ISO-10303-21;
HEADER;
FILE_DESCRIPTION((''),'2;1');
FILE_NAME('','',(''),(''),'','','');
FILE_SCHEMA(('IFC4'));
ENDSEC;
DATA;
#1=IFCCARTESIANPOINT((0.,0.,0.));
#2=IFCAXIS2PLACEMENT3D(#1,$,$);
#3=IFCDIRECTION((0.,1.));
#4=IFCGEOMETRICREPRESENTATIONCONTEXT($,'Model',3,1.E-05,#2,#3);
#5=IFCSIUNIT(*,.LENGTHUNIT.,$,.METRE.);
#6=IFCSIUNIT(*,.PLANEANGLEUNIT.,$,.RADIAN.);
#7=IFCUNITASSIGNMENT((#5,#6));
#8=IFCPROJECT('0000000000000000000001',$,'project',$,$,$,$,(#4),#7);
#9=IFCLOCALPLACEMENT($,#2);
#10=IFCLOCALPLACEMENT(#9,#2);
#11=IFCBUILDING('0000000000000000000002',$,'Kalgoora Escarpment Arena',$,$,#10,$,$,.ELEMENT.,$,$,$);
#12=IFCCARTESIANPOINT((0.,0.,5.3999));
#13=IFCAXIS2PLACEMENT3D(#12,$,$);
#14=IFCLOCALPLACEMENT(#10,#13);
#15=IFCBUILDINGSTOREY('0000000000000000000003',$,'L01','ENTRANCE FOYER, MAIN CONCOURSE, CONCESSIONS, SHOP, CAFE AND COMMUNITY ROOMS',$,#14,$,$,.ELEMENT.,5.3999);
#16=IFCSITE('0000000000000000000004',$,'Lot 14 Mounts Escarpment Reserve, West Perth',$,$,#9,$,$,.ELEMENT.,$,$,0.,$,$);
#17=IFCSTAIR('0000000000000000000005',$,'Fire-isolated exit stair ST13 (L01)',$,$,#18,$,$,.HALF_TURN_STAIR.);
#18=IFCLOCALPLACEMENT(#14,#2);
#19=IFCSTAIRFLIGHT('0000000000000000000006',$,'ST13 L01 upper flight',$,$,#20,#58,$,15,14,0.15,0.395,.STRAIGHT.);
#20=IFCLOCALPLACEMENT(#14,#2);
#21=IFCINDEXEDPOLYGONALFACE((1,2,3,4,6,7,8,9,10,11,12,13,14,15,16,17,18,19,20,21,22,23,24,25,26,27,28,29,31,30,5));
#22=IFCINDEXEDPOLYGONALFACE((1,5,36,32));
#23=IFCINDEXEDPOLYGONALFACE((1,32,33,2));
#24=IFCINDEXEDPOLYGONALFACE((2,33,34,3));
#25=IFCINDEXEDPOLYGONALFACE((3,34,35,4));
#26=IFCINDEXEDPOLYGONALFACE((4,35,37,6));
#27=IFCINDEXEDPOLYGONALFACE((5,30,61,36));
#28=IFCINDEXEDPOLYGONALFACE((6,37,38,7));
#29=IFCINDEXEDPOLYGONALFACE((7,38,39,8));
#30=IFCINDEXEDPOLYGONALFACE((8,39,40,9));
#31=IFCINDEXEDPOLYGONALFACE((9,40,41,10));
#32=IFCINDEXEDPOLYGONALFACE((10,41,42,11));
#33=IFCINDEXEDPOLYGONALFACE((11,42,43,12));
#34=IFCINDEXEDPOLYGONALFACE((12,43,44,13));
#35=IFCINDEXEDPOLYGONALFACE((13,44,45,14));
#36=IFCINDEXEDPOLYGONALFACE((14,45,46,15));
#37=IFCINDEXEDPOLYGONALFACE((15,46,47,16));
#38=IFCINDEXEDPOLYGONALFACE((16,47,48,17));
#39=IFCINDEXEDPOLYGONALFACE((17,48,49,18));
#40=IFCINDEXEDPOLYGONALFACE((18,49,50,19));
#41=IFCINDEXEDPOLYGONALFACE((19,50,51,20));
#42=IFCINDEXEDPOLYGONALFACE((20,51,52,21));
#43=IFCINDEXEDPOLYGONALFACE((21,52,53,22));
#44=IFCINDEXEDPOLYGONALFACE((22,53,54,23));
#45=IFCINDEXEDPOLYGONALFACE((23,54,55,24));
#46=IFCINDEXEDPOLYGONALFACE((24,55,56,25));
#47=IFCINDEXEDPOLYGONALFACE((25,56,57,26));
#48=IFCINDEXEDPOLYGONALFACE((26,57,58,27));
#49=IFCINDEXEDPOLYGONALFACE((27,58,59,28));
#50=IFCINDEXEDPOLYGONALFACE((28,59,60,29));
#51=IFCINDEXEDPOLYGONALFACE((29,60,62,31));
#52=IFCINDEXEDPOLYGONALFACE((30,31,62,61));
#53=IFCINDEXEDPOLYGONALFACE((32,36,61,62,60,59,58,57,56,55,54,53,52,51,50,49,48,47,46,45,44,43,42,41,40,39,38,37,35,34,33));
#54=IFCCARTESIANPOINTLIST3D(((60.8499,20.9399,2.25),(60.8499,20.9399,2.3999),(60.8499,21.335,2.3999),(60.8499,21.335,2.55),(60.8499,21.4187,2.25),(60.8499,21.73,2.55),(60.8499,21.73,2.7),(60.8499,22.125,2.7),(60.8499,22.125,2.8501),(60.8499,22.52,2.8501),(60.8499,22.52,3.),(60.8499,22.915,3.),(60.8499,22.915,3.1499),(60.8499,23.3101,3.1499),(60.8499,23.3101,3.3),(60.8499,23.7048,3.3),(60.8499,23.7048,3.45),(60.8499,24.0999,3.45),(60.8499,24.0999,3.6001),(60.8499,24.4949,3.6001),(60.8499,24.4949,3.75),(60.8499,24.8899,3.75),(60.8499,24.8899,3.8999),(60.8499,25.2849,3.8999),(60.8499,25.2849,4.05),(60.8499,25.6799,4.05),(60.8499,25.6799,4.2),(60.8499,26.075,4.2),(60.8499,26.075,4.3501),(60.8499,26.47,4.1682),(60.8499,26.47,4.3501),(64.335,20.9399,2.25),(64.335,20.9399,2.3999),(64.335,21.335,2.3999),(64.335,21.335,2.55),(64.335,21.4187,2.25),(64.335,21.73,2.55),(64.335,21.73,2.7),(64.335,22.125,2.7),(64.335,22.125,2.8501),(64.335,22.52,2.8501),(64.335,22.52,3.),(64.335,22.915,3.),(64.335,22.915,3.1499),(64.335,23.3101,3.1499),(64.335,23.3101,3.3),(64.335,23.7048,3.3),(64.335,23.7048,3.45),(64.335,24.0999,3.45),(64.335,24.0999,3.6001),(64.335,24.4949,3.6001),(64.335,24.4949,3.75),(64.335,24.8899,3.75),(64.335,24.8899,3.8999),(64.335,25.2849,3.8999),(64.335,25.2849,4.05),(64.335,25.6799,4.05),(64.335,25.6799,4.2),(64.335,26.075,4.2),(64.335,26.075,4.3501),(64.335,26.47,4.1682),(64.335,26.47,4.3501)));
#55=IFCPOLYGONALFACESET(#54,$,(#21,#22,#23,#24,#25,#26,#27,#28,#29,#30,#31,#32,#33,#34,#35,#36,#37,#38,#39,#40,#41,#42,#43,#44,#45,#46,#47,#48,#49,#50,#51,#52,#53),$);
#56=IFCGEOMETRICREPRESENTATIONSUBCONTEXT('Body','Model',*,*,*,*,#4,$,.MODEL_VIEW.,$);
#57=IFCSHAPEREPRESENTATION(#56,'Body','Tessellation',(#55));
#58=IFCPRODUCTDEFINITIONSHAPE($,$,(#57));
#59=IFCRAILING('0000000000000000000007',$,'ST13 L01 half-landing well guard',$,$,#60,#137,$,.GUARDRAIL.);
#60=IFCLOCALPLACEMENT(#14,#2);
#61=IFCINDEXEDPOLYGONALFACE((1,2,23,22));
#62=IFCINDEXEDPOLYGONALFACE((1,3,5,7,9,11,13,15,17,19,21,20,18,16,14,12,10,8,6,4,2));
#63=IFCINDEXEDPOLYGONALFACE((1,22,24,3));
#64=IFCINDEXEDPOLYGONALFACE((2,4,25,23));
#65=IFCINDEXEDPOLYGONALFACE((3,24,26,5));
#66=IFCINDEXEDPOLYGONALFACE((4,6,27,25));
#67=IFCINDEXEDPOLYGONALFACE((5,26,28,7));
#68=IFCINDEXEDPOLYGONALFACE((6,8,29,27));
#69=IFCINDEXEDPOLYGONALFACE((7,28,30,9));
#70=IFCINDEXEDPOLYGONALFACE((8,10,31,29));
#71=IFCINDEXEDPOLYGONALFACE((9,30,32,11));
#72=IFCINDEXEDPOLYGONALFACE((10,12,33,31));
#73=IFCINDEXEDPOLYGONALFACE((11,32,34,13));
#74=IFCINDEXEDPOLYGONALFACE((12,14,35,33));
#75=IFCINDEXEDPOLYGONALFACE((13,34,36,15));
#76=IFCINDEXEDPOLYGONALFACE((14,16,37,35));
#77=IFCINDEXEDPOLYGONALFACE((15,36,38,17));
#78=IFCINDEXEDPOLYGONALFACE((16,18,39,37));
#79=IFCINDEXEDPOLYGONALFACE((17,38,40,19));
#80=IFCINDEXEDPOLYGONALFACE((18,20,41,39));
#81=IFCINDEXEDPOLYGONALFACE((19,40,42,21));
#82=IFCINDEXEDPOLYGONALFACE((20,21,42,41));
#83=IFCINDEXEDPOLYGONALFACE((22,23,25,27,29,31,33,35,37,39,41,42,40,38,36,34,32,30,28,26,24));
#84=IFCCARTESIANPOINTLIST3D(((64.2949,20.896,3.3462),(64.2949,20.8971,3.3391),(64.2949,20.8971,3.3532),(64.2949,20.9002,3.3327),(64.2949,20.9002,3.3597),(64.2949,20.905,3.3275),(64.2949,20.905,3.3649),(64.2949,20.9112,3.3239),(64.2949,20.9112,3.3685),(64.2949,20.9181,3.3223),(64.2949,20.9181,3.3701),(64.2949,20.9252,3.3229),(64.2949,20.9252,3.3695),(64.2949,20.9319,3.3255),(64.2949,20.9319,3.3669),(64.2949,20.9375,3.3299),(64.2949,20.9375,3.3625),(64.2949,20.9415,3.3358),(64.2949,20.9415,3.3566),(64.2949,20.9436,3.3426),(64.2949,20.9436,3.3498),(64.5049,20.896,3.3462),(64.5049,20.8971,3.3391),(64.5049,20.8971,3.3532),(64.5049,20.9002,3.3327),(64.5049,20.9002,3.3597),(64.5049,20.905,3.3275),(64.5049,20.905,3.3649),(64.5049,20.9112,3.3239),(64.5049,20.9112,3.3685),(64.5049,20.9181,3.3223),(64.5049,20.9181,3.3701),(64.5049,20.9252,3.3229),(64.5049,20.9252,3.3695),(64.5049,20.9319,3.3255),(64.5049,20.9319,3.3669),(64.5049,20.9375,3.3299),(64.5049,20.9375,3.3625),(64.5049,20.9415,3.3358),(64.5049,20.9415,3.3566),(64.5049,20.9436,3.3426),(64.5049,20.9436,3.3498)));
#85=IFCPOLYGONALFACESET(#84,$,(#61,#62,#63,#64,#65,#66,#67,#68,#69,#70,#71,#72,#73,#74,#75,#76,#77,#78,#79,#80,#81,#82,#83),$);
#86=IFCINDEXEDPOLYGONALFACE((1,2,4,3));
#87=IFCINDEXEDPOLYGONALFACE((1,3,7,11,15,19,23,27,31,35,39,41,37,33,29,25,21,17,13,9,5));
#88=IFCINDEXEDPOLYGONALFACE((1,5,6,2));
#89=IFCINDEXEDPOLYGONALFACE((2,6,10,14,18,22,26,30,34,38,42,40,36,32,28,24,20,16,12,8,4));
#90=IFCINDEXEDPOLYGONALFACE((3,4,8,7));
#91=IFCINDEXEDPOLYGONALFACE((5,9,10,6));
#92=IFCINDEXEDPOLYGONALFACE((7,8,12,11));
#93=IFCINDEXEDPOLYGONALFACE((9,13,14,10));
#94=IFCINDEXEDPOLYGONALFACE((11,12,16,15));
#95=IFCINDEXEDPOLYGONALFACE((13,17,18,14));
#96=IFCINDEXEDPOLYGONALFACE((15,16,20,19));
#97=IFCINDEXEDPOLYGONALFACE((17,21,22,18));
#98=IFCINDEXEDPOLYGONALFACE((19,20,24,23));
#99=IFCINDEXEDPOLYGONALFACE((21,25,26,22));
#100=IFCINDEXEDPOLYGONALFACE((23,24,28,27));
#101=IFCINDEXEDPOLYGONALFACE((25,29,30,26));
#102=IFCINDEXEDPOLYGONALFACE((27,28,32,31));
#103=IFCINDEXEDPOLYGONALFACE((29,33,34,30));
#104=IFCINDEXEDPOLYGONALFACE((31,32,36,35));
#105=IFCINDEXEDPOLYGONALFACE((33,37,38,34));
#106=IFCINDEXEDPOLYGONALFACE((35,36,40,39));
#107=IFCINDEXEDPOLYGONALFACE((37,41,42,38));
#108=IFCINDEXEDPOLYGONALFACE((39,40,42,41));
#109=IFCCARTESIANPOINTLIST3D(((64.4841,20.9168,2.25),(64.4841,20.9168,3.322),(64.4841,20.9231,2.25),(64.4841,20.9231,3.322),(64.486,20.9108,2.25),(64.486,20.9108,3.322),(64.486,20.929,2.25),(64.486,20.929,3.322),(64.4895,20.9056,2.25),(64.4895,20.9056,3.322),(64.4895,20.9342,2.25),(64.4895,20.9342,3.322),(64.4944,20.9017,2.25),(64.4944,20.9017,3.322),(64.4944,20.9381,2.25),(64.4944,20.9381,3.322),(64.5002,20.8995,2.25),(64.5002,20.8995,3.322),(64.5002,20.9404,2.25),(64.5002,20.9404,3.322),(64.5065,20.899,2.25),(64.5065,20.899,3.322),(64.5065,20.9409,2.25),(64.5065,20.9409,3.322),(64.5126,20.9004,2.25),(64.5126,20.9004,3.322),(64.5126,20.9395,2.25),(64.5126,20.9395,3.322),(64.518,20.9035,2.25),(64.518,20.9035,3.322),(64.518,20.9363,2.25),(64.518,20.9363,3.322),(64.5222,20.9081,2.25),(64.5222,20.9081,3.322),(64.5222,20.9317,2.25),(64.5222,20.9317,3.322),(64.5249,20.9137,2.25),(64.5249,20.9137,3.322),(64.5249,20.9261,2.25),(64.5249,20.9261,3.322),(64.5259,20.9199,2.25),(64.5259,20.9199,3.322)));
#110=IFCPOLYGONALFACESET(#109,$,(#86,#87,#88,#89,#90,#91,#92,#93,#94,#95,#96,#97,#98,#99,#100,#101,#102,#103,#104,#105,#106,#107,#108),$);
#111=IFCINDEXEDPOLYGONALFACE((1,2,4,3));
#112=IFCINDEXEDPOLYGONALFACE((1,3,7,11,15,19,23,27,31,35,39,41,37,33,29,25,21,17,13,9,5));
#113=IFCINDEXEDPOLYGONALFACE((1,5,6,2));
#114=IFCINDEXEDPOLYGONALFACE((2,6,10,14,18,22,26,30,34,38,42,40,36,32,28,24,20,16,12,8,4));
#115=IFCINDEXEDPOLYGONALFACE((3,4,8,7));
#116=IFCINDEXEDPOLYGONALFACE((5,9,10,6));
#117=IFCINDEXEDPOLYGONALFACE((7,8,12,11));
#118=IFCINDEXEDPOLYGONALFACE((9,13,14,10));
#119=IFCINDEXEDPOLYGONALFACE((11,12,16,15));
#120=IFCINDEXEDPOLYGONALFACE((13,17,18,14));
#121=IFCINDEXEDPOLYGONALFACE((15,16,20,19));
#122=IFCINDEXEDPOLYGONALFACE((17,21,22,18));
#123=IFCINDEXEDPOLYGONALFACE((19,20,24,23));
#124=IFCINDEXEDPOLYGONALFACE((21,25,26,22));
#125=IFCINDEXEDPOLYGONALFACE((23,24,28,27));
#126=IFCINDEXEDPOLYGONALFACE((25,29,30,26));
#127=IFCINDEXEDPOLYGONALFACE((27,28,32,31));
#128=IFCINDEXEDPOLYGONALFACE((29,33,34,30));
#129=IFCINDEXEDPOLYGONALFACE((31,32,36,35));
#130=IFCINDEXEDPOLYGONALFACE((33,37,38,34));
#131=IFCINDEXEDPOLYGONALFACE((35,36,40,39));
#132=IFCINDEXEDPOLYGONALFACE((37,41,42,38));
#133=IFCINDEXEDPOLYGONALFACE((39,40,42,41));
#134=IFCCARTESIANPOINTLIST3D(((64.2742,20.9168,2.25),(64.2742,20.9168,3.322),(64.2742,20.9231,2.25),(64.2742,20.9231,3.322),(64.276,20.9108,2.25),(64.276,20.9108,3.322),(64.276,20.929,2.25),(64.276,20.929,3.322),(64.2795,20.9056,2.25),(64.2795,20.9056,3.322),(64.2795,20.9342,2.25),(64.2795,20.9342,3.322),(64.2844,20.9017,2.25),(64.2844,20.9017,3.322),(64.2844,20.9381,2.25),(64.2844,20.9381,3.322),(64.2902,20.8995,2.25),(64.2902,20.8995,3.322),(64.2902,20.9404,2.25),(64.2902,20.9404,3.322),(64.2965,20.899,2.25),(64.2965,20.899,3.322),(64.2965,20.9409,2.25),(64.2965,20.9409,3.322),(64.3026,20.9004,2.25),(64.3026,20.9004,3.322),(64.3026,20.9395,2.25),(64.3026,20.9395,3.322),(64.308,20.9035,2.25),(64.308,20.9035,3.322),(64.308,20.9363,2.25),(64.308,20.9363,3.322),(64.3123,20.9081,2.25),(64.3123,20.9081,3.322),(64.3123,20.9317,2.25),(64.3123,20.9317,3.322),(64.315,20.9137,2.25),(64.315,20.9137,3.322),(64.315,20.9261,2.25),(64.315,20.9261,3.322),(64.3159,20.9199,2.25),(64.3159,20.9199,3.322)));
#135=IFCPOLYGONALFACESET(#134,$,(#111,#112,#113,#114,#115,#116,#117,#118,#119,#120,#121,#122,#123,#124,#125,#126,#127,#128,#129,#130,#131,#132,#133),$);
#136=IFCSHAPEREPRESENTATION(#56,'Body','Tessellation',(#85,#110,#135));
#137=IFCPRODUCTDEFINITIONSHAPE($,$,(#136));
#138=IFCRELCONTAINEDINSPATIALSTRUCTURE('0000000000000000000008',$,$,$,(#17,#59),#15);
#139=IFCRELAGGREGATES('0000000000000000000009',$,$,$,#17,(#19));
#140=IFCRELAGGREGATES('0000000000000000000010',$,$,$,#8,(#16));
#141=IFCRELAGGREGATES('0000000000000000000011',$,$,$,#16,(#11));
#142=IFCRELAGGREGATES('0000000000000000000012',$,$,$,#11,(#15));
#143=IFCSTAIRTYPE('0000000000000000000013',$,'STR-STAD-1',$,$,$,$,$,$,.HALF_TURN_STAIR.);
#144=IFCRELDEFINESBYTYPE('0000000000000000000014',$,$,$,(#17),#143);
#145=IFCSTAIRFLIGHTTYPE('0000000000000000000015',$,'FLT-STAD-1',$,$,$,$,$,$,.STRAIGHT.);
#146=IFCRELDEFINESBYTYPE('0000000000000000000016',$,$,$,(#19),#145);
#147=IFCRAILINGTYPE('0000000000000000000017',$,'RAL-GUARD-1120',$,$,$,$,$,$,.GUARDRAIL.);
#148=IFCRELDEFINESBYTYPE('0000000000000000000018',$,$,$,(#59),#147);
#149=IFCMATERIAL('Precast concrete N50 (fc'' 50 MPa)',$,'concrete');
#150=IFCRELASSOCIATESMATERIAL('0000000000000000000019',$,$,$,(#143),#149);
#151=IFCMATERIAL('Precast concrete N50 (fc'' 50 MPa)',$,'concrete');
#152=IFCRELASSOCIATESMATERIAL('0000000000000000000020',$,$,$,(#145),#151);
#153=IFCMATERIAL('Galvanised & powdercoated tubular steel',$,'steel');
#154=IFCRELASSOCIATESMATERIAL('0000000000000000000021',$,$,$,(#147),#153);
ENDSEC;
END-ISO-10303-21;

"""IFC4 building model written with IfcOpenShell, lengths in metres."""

from ifc_helpers import new_model, si_unit, direction, frame, origin, origin_2d, place, context, subcontext, project, spatial, polyline, circle, outline, extrude, material, type_object, element, aggregate, save


model = new_model("IFC4")

# Units and contexts
model_context = context("Model", 3, precision=1e-05, world=origin(), true_north=direction((0.0, 1.0)))
body_context = subcontext(model_context, "Body", "Model", "MODEL_VIEW")
ifc_project = project(units=[si_unit("LENGTHUNIT", "METRE"), si_unit("PLANEANGLEUNIT", "RADIAN")], contexts=[model_context])

# Site, building, storey
site_placement = place(None, origin())
site = spatial("IfcSite", under=ifc_project, at=site_placement, Name="Lot 14 Mounts Escarpment Reserve, West Perth", CompositionType="ELEMENT", RefElevation=0.0)
building_placement = place(site_placement, origin())
building = spatial("IfcBuilding", under=site, at=building_placement, Name="Kalgoora Escarpment Arena", CompositionType="ELEMENT")
storey_placement = place(building_placement, frame((0.0, 0.0, 5.3999)))
storey = spatial("IfcBuildingStorey", under=building, at=storey_placement, Name="L01", Description="ENTRANCE FOYER, MAIN CONCOURSE, CONCESSIONS, SHOP, CAFE AND COMMUNITY ROOMS", CompositionType="ELEMENT", Elevation=5.3999)

# Stair, stair flight
ifc_material_1 = material(Name="Precast concrete N50 (fc' 50 MPa)", Category="concrete")
stair_type = type_object("IfcStairType", Name="STR-STAD-1", PredefinedType="HALF_TURN_STAIR", material=ifc_material_1)
stair_placement = place(storey_placement, origin())
stair = element("IfcStair", 1, at=stair_placement, inside=storey, type_object=stair_type, Name="Fire-isolated exit stair ST13 (L01)", PredefinedType="HALF_TURN_STAIR")
ifc_material_2 = material(Name="Precast concrete N50 (fc' 50 MPa)", Category="concrete")
stair_flight_type = type_object("IfcStairFlightType", Name="FLT-STAD-1", PredefinedType="STRAIGHT", material=ifc_material_2)
stair_flight_1_placement = place(storey_placement, frame((62.5925, 20.9399, 2.25), z_axis=(0.0, 0.0, 1.0), x_axis=(0.0, 1.0, 0.0)))
stair_flight_1 = element("IfcStairFlight", 2, at=stair_flight_1_placement, type_object=stair_flight_type, Name="ST13 L01 upper flight", NumberOfRisers=15, NumberOfTreads=14, PredefinedType="STRAIGHT", RiserHeight=0.15, TreadLength=0.395, context=body_context, shape_type="SweptSolid", body=[
    extrude(outline(polyline([(0.0, 0.0), (0.0, 0.1499), (0.395, 0.1499), (0.395, 0.3), (0.79, 0.3), (0.79, 0.45), (1.1851, 0.45), (1.1851, 0.6001), (1.5801, 0.6001), (1.5801, 0.75), (1.9751, 0.75), (1.9751, 0.8999), (2.3701, 0.8999), (2.3701, 1.05), (2.7649, 1.05), (2.7649, 1.2), (3.1599, 1.2), (3.1599, 1.3501), (3.5549, 1.3501), (3.5549, 1.5), (3.95, 1.5), (3.95, 1.6499), (4.345, 1.6499), (4.345, 1.8), (4.74, 1.8), (4.74, 1.95), (5.135, 1.95), (5.135, 2.1001), (5.53, 2.1001), (5.53, 2.25), (5.53, 1.9182), (0.4788, 0.0), (0.0, 0.0)])), frame((0.0, 1.7427, 0.0), z_axis=(0.0, -1.0, 0.0), x_axis=(1.0, 0.0, 0.0)), (0.0, 0.0, 1.0), 3.4851),
])
aggregate(stair, [stair_flight_1])

# Railing
ifc_material_3 = material(Name="Galvanised & powdercoated tubular steel", Category="steel")
railing_type_1 = type_object("IfcRailingType", Name="RAL-GUARD-1120", PredefinedType="GUARDRAIL", material=ifc_material_3)
railing_1_placement = place(storey_placement, frame((64.5049, 20.9199, 2.25)))
element("IfcRailing", 3, at=railing_1_placement, inside=storey, type_object=railing_type_1, Name="ST13 L01 half-landing well guard", PredefinedType="GUARDRAIL", context=body_context, shape_type="SweptSolid", body=[
    extrude(circle(Radius=0.0239, at=origin_2d()), frame((0.0, 0.0, 1.0962), z_axis=(-1.0, 0.0, 0.0), x_axis=(0.0, -1.0, 0.0)), (0.0, 0.0, 1.0), 0.21),
    extrude(circle(Radius=0.021, at=origin_2d()), origin(), (0.0, 0.0, 1.0), 1.072),
    extrude(circle(Radius=0.021, at=origin_2d()), frame((-0.21, 0.0, 0.0)), (0.0, 0.0, 1.0), 1.072),
])

save(model, "model.ifc")
